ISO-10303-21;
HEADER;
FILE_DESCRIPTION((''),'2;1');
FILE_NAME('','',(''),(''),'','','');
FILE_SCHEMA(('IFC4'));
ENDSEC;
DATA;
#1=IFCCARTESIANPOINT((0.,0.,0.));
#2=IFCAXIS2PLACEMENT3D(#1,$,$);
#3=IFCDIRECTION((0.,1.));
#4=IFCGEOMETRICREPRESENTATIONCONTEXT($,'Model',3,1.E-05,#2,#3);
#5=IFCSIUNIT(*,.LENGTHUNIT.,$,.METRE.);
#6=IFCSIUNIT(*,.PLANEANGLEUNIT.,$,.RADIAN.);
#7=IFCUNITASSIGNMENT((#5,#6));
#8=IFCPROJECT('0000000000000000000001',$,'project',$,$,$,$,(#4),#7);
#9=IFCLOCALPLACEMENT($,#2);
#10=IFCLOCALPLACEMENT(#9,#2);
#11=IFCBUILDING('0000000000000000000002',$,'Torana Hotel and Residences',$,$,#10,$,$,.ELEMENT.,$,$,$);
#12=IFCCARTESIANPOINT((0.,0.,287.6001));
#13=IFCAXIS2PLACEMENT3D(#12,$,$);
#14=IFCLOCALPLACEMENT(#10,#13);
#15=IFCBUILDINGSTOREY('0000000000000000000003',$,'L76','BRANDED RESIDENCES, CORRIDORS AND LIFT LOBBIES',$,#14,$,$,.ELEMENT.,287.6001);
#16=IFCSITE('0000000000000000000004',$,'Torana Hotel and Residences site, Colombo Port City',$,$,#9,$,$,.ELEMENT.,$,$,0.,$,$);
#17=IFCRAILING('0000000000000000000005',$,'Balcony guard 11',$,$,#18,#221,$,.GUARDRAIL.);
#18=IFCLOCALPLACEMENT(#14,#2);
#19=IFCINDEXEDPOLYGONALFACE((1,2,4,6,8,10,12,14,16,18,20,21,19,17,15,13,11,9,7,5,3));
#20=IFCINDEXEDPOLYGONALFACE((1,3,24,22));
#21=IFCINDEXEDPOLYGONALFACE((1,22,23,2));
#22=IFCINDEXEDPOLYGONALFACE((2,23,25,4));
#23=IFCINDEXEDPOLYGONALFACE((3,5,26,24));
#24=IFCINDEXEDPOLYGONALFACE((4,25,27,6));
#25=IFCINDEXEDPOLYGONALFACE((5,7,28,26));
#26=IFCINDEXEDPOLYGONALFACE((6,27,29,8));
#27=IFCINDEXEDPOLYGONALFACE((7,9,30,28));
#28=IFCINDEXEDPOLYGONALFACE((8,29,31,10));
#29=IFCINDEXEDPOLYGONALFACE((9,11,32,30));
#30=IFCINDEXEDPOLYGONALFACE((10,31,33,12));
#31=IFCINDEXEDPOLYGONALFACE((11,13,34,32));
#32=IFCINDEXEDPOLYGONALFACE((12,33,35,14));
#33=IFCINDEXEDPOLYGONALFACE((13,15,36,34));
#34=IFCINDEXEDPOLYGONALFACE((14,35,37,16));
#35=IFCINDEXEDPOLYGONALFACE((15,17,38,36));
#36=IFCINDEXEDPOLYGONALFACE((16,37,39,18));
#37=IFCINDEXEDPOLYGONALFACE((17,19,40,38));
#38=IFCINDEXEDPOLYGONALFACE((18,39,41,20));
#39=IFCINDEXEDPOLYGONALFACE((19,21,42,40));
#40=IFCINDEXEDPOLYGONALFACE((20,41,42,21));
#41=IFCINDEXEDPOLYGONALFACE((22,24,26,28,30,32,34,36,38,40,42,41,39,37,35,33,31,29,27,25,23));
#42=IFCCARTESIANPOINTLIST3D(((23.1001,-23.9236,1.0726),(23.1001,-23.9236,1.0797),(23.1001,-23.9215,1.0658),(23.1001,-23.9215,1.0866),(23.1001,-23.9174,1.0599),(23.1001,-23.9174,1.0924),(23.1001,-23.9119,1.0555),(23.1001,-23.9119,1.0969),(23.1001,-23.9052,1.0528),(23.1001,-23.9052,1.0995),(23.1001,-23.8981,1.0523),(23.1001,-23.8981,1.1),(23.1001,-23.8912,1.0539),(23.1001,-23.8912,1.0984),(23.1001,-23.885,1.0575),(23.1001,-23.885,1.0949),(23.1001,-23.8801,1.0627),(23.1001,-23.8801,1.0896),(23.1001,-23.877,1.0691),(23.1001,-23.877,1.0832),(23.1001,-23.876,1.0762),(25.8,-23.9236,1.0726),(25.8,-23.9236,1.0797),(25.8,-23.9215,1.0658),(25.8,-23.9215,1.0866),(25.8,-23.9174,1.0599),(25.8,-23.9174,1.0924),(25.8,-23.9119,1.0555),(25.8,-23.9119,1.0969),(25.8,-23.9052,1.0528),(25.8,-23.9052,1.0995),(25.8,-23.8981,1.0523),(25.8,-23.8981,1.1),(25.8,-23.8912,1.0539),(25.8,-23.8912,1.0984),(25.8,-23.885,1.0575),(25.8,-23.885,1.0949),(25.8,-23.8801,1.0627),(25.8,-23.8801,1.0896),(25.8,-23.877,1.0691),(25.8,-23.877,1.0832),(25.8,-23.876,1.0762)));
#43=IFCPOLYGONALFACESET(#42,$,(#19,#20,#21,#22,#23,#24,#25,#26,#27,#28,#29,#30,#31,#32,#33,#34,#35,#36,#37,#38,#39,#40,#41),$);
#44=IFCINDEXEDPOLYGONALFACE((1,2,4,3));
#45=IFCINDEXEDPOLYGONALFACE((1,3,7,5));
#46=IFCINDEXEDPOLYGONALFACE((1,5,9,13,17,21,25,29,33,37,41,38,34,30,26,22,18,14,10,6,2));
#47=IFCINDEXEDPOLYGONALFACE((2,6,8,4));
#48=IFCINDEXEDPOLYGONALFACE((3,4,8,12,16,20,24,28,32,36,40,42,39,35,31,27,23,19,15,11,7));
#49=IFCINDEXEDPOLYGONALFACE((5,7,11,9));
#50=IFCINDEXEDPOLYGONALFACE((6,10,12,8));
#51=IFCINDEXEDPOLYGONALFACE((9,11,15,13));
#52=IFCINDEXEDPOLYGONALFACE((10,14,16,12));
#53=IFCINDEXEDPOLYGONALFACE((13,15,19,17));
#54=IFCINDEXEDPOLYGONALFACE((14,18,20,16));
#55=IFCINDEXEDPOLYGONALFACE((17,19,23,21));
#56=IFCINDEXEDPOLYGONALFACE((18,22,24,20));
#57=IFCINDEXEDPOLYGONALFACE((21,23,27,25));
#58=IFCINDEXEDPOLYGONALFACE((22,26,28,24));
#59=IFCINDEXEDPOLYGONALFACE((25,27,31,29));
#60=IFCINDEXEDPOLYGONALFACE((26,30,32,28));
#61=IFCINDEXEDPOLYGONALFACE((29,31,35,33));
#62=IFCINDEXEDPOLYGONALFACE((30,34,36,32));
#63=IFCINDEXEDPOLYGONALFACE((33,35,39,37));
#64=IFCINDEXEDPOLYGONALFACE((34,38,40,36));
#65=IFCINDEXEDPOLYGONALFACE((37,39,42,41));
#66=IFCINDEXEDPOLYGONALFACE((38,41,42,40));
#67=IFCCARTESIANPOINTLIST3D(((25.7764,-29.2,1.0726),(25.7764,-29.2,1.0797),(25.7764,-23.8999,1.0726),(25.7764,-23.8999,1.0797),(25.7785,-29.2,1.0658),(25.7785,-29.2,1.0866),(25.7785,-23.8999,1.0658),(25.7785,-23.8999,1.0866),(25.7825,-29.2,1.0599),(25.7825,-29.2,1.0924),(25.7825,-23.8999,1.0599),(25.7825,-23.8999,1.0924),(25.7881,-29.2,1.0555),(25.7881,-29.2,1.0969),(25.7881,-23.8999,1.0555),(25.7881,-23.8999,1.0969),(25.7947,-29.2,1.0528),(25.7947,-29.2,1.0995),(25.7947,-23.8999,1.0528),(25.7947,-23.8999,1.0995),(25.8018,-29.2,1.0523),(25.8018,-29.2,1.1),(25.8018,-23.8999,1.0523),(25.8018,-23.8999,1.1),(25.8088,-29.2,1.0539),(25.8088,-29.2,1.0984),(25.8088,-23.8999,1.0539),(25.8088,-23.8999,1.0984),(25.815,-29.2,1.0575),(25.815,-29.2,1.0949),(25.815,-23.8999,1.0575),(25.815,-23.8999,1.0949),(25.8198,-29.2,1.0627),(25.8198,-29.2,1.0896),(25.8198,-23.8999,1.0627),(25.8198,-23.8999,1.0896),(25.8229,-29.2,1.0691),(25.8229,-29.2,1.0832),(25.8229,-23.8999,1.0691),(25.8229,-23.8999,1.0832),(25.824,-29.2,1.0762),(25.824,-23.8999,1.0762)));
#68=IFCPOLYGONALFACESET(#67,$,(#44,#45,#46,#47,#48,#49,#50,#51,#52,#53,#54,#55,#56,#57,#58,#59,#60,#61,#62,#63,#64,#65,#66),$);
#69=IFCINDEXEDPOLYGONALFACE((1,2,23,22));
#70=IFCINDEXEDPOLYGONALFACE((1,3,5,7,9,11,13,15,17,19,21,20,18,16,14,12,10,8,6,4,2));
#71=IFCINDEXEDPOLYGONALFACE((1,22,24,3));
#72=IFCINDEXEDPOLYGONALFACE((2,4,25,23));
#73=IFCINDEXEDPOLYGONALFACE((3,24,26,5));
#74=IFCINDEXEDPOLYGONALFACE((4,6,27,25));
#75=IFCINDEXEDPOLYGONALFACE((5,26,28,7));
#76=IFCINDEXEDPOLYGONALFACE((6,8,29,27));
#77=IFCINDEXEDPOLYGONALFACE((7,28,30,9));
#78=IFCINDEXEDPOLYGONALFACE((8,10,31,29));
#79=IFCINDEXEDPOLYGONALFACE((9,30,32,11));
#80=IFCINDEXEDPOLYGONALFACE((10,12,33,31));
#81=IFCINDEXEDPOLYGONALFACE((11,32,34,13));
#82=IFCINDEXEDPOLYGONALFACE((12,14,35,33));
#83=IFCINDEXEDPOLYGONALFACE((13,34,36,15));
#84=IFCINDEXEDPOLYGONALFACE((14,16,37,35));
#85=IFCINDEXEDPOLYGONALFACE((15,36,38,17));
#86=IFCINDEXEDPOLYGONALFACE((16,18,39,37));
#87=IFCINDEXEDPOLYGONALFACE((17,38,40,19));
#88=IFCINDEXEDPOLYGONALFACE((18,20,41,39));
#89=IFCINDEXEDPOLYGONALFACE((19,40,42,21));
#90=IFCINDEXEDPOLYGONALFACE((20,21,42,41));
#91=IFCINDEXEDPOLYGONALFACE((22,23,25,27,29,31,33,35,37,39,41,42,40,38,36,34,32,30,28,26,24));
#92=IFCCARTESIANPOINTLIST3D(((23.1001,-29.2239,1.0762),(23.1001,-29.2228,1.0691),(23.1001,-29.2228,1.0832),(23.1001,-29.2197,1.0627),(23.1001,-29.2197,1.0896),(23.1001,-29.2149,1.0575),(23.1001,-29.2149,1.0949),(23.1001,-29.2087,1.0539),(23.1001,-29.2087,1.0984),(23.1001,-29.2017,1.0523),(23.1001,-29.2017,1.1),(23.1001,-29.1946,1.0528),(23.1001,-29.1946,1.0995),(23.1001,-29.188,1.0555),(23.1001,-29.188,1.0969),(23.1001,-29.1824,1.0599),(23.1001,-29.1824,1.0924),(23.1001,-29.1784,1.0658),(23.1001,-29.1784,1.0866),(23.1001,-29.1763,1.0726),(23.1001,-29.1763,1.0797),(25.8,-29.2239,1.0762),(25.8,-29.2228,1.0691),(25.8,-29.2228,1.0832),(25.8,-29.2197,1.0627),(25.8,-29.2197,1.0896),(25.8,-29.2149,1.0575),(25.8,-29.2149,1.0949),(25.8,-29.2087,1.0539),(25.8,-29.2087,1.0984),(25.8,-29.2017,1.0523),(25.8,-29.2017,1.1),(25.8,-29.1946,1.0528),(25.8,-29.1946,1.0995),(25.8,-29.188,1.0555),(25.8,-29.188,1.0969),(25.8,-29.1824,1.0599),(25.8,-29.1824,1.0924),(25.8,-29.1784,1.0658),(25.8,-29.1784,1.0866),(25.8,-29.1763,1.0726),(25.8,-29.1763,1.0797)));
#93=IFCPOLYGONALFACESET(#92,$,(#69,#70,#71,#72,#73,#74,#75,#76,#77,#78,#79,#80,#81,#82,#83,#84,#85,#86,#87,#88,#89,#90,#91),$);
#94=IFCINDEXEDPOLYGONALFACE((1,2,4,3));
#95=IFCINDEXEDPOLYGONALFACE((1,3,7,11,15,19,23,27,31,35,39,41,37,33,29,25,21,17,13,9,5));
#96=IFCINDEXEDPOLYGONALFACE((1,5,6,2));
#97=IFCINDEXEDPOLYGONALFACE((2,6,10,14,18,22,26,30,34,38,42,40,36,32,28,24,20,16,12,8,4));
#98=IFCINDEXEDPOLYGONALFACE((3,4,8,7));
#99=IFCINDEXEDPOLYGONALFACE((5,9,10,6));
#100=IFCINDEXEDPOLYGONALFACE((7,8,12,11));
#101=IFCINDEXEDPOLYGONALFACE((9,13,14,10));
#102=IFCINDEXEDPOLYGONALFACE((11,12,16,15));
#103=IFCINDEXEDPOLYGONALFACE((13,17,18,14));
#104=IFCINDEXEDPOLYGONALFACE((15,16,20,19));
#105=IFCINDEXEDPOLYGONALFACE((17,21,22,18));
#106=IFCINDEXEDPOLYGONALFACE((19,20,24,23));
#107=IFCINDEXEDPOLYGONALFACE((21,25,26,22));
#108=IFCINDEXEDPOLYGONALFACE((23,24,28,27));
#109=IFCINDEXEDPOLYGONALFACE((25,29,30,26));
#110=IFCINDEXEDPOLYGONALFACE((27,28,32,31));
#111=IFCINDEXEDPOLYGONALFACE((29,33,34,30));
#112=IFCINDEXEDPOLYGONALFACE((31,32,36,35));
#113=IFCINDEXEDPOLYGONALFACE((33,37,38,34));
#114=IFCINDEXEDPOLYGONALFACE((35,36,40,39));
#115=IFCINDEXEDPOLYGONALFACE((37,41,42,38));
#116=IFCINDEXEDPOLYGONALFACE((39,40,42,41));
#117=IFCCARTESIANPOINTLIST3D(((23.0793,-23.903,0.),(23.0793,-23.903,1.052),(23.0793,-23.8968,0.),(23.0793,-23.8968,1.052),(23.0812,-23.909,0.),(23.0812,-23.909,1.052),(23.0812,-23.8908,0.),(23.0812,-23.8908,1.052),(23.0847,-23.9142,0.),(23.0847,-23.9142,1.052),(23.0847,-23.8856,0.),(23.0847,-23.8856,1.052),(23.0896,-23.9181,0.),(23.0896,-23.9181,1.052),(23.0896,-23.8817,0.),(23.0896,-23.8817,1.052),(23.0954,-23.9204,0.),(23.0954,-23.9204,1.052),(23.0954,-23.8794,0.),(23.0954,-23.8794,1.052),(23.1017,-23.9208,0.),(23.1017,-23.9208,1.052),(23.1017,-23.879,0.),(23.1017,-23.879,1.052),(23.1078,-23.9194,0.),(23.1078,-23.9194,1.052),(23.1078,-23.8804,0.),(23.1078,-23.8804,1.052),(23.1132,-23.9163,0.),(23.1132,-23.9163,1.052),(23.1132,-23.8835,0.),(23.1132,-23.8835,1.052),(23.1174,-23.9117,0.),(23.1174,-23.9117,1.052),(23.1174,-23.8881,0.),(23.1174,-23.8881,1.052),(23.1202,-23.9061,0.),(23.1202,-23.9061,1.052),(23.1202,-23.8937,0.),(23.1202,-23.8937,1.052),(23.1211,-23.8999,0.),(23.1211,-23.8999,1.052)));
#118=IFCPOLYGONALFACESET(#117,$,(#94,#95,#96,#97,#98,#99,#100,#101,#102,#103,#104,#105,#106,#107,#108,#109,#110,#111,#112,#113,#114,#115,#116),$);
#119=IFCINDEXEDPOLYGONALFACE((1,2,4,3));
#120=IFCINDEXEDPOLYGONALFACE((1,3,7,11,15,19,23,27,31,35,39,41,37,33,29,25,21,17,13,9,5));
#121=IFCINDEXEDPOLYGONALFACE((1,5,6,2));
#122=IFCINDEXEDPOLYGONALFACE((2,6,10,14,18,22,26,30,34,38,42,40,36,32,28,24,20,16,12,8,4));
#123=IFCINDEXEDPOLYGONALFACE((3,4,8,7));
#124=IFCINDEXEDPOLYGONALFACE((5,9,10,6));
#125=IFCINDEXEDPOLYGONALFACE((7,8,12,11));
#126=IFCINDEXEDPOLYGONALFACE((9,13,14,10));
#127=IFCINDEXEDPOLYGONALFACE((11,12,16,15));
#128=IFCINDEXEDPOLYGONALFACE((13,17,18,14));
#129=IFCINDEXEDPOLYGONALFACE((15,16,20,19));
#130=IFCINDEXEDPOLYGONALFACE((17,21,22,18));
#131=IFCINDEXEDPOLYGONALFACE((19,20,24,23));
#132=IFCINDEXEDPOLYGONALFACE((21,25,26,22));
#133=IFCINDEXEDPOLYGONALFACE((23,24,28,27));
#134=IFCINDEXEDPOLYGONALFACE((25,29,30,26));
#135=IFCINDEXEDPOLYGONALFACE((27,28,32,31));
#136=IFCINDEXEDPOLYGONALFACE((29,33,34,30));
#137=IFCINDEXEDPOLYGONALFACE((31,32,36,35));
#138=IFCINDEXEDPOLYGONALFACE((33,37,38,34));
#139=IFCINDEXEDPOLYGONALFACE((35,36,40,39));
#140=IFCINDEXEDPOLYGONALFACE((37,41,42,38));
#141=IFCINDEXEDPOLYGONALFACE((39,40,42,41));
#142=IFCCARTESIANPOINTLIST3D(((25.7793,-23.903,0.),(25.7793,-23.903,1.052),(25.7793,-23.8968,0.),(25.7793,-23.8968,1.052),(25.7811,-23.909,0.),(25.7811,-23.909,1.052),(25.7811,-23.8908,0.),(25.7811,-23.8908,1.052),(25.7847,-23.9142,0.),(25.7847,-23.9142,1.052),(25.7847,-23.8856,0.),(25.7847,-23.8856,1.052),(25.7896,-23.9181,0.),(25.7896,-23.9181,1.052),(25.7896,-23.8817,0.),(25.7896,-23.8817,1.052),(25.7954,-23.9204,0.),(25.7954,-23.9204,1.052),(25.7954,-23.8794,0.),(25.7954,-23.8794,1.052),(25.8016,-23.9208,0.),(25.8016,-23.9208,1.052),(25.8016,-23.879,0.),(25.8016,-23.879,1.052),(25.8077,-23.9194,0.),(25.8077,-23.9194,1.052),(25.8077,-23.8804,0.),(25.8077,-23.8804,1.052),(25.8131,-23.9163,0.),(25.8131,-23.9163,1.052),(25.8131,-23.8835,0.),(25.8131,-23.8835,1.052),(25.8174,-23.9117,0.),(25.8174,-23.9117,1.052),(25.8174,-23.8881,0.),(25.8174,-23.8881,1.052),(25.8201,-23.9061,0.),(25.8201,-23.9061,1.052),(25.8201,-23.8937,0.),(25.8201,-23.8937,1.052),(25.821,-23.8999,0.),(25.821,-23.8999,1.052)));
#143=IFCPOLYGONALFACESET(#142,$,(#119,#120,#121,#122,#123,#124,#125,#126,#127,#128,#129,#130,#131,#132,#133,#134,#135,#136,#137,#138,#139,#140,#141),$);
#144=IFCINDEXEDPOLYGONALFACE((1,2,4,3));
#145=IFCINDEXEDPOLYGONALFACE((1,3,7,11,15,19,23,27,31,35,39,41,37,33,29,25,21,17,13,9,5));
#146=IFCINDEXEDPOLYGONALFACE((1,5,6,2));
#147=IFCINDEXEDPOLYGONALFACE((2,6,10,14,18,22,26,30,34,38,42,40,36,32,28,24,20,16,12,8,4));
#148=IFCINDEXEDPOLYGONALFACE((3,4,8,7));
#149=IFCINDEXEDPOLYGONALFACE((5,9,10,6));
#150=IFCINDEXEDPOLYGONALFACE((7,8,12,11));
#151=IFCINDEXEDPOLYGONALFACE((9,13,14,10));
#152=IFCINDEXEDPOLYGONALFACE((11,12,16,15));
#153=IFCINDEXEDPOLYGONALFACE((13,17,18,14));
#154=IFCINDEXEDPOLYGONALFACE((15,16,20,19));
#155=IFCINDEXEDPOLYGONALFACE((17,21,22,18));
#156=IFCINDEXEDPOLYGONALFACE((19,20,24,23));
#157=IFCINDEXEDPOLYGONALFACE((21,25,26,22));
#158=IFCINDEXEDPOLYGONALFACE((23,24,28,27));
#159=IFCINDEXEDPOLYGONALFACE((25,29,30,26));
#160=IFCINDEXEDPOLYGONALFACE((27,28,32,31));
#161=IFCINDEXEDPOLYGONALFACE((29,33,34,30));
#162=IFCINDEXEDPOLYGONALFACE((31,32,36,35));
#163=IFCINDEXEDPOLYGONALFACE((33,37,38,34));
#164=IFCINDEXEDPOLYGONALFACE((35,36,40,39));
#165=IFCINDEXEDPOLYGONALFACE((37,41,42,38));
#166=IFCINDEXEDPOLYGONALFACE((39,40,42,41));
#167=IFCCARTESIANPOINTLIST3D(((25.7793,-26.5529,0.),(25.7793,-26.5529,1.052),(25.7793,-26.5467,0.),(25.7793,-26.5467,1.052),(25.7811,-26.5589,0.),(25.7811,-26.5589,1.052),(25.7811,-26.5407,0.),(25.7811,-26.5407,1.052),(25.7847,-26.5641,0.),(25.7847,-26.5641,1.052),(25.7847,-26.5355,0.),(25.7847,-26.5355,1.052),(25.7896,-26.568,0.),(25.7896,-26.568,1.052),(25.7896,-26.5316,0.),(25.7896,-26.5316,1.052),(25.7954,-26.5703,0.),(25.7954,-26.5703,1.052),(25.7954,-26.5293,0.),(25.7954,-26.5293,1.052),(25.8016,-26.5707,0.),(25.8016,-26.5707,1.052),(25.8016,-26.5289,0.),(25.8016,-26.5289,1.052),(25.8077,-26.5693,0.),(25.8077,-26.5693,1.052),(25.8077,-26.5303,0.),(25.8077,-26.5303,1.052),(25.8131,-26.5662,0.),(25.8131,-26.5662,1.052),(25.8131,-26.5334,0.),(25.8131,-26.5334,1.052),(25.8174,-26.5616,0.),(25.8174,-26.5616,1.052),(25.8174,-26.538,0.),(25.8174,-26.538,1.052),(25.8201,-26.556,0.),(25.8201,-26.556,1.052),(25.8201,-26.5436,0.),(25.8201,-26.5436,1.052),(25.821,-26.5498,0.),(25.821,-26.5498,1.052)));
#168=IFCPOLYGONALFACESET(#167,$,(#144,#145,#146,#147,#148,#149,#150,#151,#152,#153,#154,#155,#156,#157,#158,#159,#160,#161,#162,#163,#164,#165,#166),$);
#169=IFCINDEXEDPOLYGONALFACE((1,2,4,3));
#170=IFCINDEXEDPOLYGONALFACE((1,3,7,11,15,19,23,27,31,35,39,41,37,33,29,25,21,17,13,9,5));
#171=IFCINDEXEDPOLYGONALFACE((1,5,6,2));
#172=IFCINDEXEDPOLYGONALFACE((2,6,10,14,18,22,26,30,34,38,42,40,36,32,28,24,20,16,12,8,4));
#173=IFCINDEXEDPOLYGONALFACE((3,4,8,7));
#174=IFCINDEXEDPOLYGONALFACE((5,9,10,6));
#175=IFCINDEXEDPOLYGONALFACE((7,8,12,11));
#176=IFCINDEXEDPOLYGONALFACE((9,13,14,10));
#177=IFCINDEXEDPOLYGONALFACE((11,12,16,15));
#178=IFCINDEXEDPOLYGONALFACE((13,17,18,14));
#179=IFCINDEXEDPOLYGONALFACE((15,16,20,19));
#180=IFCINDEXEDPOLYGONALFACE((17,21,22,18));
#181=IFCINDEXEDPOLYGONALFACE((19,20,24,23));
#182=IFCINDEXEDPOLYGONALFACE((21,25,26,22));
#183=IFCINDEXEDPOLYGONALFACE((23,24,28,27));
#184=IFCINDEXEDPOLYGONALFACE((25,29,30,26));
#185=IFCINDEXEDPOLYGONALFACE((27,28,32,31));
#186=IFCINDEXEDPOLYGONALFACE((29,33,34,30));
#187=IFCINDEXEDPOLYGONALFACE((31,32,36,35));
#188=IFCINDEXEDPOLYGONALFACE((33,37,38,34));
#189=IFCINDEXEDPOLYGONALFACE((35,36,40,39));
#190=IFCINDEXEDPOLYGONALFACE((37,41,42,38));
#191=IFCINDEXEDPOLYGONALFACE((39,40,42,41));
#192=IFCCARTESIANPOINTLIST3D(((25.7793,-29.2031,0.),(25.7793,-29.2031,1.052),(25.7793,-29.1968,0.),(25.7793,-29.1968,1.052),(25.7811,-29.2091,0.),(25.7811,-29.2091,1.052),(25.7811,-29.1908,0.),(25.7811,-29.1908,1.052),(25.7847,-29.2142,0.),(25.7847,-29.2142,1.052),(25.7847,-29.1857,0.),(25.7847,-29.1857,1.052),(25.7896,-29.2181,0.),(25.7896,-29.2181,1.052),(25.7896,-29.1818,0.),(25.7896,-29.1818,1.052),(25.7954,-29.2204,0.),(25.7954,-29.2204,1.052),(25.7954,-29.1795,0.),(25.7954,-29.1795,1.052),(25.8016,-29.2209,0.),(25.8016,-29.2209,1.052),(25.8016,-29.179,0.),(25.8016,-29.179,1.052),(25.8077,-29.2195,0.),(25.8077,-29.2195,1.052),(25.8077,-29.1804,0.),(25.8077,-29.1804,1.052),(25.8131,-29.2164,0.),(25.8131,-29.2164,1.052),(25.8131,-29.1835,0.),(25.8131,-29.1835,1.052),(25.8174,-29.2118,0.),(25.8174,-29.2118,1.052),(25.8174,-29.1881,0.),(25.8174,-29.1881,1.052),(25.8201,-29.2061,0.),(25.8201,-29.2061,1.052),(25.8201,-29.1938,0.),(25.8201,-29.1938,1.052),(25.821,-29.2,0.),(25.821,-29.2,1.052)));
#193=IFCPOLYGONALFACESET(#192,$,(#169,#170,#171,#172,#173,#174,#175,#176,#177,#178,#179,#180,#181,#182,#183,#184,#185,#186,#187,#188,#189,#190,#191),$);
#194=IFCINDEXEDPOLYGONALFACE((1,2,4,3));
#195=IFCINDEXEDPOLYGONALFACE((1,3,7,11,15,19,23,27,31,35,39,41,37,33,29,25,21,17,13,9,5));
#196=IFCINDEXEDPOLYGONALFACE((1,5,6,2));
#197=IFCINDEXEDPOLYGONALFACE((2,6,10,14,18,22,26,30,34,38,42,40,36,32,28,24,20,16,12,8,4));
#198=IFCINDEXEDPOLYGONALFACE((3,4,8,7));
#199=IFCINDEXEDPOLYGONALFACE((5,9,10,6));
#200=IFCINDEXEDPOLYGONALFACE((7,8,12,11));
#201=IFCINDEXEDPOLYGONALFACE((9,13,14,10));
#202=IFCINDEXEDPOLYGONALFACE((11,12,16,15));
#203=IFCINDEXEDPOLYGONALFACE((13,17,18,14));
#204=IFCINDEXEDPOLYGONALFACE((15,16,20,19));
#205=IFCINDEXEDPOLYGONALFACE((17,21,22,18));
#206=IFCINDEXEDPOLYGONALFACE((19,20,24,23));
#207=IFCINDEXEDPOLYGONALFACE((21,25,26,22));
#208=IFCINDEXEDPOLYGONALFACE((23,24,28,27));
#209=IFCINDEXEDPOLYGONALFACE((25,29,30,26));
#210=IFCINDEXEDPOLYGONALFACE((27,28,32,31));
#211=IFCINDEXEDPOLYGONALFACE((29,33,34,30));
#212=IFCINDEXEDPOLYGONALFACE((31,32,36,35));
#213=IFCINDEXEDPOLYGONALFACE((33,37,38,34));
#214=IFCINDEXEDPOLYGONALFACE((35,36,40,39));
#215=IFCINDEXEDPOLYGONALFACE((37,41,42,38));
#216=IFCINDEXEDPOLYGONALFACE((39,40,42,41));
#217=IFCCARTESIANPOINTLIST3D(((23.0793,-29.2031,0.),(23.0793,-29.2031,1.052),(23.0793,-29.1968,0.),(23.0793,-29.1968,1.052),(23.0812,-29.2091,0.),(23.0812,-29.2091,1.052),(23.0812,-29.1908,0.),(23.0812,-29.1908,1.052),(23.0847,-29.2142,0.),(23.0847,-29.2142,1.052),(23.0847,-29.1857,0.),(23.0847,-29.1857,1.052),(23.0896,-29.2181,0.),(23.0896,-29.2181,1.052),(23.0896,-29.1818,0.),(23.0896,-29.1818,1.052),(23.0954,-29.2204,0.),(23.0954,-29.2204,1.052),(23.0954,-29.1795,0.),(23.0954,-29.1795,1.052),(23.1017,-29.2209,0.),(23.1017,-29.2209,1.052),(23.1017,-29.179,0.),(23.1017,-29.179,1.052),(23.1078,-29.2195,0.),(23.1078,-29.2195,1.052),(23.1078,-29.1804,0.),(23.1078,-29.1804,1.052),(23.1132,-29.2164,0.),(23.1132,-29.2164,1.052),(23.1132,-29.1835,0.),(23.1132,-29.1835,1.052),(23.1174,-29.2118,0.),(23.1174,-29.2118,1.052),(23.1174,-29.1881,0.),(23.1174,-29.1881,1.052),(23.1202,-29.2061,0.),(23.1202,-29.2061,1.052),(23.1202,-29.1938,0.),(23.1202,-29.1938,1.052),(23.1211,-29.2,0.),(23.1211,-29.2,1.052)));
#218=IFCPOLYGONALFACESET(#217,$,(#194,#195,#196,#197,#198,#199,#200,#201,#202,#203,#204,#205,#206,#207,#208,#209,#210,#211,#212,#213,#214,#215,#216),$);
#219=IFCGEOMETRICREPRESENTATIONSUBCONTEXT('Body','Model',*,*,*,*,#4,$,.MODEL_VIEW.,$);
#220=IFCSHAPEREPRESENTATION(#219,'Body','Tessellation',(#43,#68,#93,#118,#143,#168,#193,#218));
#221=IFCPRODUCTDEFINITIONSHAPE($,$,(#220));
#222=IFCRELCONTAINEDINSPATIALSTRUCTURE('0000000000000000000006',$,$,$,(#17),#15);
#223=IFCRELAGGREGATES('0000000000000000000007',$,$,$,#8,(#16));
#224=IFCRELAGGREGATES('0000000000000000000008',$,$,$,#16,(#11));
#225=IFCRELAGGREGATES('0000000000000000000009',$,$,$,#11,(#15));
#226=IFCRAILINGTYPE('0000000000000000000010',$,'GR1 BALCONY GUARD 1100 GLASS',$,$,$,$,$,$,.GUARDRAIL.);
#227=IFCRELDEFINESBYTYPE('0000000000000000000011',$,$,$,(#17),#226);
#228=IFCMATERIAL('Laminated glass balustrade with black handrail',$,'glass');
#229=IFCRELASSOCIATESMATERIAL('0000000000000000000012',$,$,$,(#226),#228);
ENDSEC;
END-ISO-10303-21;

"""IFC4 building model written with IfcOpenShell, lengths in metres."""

from ifc_helpers import new_model, si_unit, direction, frame, origin, origin_2d, place, context, subcontext, project, spatial, circle, extrude, material, type_object, element, save


model = new_model("IFC4")

# Units and contexts
model_context = context("Model", 3, precision=1e-05, world=origin(), true_north=direction((0.0, 1.0)))
body_context = subcontext(model_context, "Body", "Model", "MODEL_VIEW")
ifc_project = project(units=[si_unit("LENGTHUNIT", "METRE"), si_unit("PLANEANGLEUNIT", "RADIAN")], contexts=[model_context])

# Site, building, storey
site_placement = place(None, origin())
site = spatial("IfcSite", under=ifc_project, at=site_placement, Name="Torana Hotel and Residences site, Colombo Port City", CompositionType="ELEMENT", RefElevation=0.0)
building_placement = place(site_placement, origin())
building = spatial("IfcBuilding", under=site, at=building_placement, Name="Torana Hotel and Residences", CompositionType="ELEMENT")
storey_placement = place(building_placement, frame((0.0, 0.0, 287.6001)))
storey = spatial("IfcBuildingStorey", under=building, at=storey_placement, Name="L76", Description="BRANDED RESIDENCES, CORRIDORS AND LIFT LOBBIES", CompositionType="ELEMENT", Elevation=287.6001)

# Railing
ifc_material_1 = material(Name="Laminated glass balustrade with black handrail", Category="glass")
railing_type = type_object("IfcRailingType", Name="GR1 BALCONY GUARD 1100 GLASS", PredefinedType="GUARDRAIL", material=ifc_material_1)
railing_1_placement = place(storey_placement, frame((23.1001, -23.8999, 0.0)))
element("IfcRailing", 1, at=railing_1_placement, inside=storey, type_object=railing_type, Name="Balcony guard 11", PredefinedType="GUARDRAIL", context=body_context, shape_type="SweptSolid", body=[
    extrude(circle(Radius=0.0239, at=origin_2d()), frame((0.0, 0.0, 1.0762), z_axis=(1.0, 0.0, 0.0), x_axis=(0.0, 1.0, 0.0)), (0.0, 0.0, 1.0), 2.7),
    extrude(circle(Radius=0.0239, at=origin_2d()), frame((2.7, 0.0, 1.0762), z_axis=(0.0, -1.0, 0.0), x_axis=(1.0, 0.0, 0.0)), (0.0, 0.0, 1.0), 5.3),
    extrude(circle(Radius=0.0239, at=origin_2d()), frame((2.7, -5.3, 1.0762), z_axis=(-1.0, 0.0, 0.0), x_axis=(0.0, -1.0, 0.0)), (0.0, 0.0, 1.0), 2.7),
    extrude(circle(Radius=0.021, at=origin_2d()), origin(), (0.0, 0.0, 1.0), 1.052),
    extrude(circle(Radius=0.021, at=origin_2d()), frame((2.7, 0.0, 0.0)), (0.0, 0.0, 1.0), 1.052),
    extrude(circle(Radius=0.021, at=origin_2d()), frame((2.7, -2.6499, 0.0)), (0.0, 0.0, 1.0), 1.052),
    extrude(circle(Radius=0.021, at=origin_2d()), frame((2.7, -5.3, 0.0)), (0.0, 0.0, 1.0), 1.052),
    extrude(circle(Radius=0.021, at=origin_2d()), frame((0.0, -5.3, 0.0)), (0.0, 0.0, 1.0), 1.052),
])

save(model, "model.ifc")
